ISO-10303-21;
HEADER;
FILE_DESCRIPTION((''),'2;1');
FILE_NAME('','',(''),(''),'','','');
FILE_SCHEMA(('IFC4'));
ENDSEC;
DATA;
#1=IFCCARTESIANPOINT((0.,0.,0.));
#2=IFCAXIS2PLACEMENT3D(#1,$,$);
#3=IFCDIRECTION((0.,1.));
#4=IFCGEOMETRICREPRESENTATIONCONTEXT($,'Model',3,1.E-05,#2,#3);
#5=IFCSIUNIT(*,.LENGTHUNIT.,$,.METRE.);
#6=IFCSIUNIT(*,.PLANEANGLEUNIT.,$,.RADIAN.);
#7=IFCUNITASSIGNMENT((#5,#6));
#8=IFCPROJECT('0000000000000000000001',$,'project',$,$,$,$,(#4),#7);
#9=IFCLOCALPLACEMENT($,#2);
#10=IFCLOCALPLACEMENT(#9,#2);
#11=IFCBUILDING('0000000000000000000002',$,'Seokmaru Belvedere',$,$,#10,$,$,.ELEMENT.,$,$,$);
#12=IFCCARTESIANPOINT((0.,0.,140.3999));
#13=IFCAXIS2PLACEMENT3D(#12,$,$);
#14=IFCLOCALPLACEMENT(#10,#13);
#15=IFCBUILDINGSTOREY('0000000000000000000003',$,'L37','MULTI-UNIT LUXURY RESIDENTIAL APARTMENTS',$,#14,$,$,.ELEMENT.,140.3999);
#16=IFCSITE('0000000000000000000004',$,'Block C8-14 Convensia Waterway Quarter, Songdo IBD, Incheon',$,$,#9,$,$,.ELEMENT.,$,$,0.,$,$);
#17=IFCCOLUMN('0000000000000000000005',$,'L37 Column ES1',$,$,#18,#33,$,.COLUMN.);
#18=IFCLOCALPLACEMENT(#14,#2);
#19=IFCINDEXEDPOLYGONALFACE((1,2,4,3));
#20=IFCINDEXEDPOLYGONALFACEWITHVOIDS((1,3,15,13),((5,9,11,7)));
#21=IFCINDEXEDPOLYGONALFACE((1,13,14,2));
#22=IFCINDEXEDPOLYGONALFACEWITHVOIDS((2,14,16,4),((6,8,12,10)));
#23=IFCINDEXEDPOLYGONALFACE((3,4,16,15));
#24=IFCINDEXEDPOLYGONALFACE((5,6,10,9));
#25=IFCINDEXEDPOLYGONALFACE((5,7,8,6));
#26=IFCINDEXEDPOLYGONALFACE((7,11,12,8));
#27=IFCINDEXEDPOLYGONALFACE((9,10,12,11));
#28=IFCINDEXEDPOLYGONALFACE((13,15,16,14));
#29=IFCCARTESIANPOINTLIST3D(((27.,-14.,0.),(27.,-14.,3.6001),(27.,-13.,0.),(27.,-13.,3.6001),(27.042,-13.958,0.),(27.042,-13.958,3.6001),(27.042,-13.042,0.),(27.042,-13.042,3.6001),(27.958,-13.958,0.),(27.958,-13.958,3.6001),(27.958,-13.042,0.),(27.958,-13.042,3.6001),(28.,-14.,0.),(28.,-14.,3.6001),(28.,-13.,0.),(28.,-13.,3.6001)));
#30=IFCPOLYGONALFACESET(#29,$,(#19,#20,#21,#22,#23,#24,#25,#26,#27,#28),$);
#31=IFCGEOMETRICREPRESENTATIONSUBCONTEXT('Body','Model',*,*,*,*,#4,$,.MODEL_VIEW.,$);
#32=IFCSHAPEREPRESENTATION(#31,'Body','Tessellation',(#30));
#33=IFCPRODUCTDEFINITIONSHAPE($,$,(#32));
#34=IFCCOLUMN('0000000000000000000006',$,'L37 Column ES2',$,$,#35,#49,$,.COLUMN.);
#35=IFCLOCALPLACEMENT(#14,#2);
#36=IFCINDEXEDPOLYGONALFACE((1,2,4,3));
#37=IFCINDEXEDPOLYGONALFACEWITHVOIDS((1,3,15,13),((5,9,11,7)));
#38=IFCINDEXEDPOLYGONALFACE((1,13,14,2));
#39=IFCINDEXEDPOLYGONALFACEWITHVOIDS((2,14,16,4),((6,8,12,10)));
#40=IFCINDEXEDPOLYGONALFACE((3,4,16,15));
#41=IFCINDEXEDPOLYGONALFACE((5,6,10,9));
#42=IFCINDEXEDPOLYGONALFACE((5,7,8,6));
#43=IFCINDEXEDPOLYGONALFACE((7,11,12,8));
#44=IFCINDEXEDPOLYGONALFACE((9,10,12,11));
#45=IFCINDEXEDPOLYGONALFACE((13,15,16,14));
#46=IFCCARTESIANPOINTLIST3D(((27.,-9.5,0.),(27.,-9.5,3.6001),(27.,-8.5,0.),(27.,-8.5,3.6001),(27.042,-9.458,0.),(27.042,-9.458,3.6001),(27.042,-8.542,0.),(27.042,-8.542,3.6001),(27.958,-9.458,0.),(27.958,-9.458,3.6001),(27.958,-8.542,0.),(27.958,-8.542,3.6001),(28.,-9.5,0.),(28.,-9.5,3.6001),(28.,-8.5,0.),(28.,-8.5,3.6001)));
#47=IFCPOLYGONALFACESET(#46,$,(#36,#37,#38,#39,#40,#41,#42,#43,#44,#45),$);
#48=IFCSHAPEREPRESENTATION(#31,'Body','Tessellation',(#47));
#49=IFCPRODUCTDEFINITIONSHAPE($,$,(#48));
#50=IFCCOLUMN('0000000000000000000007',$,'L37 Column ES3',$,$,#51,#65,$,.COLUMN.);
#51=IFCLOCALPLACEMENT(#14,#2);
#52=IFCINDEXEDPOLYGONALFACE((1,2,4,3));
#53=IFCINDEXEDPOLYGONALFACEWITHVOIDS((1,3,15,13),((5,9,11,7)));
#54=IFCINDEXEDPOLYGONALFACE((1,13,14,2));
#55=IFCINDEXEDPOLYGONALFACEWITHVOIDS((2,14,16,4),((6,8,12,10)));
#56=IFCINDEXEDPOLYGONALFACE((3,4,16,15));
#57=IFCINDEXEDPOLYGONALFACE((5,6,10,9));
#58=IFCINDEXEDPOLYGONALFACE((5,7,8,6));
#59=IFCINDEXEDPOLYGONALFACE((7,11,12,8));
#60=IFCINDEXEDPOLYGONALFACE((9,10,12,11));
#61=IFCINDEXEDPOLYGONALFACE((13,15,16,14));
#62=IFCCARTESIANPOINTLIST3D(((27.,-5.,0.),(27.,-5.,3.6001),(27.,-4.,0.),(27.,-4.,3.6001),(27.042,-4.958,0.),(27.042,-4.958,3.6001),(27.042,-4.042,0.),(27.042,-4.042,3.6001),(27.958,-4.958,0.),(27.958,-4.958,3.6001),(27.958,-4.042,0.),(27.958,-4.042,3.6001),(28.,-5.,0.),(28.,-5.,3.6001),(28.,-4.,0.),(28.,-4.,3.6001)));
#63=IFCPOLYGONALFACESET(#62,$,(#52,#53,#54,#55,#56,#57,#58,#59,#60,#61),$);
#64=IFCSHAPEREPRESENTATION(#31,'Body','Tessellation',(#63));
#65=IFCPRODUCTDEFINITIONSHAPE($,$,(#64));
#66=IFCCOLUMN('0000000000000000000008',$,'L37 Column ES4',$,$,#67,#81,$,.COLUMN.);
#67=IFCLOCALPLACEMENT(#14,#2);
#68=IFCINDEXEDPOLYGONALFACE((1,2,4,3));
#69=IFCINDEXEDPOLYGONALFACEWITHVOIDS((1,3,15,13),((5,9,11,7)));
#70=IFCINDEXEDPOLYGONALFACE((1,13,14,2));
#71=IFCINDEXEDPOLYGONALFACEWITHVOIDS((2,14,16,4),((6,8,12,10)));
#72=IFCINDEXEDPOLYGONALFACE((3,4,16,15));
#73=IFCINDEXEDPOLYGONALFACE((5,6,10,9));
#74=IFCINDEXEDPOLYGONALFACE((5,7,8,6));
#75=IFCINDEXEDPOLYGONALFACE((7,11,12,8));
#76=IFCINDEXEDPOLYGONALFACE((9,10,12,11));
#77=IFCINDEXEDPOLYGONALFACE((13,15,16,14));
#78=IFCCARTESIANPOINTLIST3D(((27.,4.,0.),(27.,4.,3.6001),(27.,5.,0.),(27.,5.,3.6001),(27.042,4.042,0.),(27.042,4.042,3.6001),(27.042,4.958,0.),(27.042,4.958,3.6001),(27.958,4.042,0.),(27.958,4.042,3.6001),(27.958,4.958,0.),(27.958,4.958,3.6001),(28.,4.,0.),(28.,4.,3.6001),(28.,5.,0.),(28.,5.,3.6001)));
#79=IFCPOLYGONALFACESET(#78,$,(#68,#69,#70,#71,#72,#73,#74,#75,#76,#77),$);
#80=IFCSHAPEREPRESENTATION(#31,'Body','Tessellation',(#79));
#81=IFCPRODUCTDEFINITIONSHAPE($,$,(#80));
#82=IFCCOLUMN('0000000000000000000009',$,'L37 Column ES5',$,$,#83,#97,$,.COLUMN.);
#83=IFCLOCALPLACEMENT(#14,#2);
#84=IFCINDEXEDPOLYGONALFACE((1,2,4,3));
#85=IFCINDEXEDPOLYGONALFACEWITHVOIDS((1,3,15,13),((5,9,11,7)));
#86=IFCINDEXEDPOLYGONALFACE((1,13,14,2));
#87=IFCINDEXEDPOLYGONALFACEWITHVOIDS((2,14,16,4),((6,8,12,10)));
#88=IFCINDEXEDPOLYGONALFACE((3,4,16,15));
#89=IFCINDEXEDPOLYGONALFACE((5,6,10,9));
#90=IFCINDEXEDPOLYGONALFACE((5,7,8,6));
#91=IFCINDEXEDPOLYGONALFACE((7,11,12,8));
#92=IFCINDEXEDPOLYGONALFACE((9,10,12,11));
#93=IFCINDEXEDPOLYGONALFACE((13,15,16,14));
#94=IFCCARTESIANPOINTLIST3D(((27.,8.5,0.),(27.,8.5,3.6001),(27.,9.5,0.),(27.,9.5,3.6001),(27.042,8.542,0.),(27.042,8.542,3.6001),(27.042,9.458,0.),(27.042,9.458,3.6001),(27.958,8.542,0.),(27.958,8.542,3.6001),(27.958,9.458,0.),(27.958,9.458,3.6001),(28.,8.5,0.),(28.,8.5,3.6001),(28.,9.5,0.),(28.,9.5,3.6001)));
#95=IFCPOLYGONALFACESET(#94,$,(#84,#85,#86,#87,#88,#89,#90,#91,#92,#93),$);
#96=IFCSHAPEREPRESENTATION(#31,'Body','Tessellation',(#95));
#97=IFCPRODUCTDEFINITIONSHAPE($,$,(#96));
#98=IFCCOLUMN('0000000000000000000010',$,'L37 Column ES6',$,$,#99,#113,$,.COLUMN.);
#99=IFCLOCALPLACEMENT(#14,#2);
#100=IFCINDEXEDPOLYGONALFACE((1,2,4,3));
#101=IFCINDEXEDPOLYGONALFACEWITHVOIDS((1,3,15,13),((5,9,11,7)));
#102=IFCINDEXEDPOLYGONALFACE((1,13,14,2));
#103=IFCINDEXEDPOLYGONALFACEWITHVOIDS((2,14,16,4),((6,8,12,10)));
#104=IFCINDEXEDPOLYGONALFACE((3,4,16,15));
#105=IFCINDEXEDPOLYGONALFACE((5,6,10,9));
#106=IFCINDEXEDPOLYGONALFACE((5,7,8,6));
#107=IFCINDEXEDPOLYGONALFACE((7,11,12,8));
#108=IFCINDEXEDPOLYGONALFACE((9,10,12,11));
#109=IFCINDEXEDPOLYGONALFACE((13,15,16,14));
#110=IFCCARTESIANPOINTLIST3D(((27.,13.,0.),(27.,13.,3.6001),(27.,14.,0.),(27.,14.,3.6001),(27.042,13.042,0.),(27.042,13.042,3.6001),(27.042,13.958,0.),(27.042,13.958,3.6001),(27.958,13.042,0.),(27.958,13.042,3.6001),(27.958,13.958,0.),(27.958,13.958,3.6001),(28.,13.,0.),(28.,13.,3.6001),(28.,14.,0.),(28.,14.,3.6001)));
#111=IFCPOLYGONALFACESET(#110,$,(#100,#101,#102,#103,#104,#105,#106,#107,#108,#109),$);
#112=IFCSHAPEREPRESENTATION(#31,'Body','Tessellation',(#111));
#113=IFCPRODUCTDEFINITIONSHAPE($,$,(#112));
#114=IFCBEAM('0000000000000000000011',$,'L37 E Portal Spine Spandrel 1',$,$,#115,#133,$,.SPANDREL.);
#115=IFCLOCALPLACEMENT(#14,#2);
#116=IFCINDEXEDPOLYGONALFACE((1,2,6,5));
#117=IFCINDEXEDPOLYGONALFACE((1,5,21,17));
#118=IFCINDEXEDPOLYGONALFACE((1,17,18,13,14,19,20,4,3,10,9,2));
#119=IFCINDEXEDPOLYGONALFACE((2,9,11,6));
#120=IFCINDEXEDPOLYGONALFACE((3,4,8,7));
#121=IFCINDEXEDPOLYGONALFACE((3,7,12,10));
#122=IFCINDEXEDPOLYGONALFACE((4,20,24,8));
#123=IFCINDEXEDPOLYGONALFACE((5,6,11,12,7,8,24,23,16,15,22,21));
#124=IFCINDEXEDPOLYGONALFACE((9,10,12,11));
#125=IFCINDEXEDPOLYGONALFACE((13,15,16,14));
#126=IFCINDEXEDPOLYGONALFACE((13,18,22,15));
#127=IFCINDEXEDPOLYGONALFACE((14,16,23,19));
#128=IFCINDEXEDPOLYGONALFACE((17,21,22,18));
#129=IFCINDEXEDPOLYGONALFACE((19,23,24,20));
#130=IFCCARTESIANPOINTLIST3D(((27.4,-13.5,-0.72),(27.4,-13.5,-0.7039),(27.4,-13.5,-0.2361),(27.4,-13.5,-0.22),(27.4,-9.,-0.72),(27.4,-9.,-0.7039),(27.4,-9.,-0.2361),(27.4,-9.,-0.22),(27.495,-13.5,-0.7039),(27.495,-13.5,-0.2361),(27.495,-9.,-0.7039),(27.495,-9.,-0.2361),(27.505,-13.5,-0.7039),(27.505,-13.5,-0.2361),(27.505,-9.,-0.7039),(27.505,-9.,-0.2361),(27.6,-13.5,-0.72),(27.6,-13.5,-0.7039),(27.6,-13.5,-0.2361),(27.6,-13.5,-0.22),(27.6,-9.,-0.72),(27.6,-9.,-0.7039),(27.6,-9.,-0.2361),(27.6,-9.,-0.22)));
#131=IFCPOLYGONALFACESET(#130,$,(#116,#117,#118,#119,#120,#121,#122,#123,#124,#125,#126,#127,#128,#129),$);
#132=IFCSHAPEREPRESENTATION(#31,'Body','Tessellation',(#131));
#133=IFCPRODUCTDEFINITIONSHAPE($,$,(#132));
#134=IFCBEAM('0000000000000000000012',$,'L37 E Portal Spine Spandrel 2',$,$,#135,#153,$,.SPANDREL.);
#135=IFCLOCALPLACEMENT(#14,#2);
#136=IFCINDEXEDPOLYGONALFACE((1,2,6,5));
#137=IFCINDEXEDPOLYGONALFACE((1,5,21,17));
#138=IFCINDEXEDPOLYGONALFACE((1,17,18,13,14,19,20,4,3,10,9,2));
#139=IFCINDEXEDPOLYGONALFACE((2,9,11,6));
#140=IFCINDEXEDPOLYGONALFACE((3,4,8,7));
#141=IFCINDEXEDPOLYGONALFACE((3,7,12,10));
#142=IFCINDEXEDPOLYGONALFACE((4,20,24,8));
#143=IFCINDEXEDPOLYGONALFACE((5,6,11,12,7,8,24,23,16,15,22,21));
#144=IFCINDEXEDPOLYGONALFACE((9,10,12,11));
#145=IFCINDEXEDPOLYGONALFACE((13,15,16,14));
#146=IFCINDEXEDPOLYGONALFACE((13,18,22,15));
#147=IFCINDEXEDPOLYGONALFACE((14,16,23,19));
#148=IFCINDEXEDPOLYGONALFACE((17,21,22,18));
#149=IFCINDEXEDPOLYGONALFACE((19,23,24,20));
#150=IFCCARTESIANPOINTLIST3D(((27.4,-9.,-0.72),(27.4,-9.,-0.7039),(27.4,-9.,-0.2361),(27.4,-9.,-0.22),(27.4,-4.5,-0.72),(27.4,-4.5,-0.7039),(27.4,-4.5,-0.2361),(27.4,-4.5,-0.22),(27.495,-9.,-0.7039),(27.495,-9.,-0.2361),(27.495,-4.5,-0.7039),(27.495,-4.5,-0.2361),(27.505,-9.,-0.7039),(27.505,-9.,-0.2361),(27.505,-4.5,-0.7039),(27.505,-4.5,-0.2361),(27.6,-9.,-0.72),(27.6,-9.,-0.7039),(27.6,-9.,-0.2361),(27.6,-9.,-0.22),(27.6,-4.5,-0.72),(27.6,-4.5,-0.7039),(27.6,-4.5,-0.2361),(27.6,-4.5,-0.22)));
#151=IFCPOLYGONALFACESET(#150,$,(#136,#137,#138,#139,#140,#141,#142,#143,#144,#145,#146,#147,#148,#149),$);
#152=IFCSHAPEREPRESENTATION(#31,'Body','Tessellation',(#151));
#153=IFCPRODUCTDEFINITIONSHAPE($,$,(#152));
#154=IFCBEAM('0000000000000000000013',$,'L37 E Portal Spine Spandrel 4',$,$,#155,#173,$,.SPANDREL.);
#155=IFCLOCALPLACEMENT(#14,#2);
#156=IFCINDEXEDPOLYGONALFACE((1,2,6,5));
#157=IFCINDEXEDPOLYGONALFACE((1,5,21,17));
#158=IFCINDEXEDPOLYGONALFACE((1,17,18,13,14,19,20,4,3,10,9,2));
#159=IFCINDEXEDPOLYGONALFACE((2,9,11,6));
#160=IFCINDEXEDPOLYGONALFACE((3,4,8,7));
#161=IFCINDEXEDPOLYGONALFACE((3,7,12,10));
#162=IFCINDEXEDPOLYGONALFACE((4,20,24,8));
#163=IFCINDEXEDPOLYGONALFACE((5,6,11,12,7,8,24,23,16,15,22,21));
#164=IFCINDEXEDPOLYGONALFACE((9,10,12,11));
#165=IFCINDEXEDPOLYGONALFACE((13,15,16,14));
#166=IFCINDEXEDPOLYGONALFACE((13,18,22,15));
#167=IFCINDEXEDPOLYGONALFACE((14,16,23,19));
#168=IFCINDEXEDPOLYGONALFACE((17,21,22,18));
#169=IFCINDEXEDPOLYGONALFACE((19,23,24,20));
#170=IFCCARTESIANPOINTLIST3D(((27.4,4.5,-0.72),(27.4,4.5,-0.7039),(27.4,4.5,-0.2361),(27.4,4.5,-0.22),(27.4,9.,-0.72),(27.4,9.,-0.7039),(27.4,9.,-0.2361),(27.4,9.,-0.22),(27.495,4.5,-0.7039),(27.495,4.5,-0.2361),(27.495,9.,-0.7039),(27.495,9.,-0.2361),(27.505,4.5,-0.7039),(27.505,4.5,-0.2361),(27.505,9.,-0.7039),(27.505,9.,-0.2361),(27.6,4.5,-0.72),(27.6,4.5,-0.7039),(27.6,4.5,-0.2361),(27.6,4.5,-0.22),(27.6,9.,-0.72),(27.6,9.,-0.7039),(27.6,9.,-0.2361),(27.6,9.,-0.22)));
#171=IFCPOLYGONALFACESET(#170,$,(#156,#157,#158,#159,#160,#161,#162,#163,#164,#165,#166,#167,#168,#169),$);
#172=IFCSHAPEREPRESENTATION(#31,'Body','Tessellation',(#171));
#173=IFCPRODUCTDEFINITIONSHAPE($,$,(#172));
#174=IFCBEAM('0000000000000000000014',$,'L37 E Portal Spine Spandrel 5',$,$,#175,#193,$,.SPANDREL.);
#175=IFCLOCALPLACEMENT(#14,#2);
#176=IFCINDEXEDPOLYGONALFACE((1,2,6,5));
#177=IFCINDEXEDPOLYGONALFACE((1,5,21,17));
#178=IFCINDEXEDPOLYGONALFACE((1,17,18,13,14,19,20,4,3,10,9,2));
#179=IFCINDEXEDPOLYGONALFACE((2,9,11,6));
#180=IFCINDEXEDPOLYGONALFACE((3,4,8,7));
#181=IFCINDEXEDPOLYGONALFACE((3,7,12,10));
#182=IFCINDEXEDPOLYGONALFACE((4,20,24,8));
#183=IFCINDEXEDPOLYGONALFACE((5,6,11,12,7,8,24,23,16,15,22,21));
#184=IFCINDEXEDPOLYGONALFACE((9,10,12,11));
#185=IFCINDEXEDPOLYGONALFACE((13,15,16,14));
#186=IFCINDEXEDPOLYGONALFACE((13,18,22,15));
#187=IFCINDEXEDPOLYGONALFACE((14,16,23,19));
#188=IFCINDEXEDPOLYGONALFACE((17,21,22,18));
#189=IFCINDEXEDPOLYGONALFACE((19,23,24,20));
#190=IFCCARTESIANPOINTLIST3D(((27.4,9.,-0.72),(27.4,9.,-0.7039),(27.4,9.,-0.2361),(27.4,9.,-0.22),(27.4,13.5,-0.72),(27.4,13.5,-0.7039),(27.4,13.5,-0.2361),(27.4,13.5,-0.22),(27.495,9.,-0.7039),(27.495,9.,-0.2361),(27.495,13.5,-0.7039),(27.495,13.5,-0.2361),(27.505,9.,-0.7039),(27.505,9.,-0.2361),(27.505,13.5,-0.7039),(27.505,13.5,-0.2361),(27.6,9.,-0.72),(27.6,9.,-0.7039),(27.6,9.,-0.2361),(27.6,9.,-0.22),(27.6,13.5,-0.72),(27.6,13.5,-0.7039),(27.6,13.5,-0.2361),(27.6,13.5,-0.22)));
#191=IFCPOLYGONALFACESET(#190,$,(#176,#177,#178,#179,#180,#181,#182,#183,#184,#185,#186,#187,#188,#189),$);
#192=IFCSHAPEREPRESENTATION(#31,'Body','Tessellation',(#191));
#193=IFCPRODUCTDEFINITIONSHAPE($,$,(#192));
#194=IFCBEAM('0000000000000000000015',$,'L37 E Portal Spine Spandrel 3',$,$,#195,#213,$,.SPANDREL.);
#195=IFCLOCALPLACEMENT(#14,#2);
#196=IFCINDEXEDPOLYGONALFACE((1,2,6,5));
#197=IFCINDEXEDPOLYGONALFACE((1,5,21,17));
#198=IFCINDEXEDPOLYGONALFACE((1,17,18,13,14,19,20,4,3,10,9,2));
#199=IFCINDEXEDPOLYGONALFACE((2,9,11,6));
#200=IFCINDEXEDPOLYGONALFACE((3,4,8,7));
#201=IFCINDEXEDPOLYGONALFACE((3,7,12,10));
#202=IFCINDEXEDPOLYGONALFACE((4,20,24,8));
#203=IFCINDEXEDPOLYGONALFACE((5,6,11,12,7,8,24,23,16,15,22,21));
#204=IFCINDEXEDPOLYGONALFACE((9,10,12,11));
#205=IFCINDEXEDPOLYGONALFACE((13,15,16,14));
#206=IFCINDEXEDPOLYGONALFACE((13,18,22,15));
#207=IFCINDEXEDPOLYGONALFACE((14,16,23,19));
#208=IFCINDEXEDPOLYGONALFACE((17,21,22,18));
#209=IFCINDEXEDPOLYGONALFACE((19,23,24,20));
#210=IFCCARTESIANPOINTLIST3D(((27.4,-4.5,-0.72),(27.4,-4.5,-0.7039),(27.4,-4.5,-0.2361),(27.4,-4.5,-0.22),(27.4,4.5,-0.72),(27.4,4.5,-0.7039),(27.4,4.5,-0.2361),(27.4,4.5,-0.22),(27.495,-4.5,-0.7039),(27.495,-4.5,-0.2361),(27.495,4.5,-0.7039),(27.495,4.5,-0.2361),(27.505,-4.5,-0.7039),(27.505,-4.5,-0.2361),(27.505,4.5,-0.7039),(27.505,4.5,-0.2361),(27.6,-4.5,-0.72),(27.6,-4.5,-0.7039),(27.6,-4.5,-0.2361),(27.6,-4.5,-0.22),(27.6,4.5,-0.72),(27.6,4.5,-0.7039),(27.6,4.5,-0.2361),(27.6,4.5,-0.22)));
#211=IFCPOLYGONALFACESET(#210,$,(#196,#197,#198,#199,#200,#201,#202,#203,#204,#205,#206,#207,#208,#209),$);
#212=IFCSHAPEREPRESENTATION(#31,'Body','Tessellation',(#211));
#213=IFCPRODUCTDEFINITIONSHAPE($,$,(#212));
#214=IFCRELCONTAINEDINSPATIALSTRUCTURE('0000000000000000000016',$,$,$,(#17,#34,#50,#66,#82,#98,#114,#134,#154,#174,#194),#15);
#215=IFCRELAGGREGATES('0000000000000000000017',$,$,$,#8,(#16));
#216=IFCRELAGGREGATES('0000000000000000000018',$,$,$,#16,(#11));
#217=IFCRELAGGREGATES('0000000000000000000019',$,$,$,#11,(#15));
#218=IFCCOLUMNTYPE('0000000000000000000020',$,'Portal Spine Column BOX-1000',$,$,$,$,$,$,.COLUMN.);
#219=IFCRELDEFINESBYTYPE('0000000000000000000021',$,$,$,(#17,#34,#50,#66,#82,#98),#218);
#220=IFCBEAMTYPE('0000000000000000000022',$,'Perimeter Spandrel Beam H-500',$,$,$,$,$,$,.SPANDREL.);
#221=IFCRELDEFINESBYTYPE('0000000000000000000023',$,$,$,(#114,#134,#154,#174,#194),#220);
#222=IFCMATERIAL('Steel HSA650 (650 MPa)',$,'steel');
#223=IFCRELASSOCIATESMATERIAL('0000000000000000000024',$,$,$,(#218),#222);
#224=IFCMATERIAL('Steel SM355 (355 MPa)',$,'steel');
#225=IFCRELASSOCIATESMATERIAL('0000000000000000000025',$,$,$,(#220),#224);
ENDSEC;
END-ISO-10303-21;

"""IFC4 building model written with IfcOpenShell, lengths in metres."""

from ifc_helpers import new_model, si_unit, direction, frame, origin, origin_2d, place, context, subcontext, project, spatial, hollow_rectangle, i_section, extrude, source, transform, mapped, material, material_profile, profile_set, type_object, type_shapes, element, save


model = new_model("IFC4")

# Units and contexts
model_context = context("Model", 3, precision=1e-05, world=origin(), true_north=direction((0.0, 1.0)))
body_context = subcontext(model_context, "Body", "Model", "MODEL_VIEW")
ifc_project = project(units=[si_unit("LENGTHUNIT", "METRE"), si_unit("PLANEANGLEUNIT", "RADIAN")], contexts=[model_context])

# Site, building, storey
site_placement = place(None, origin())
site = spatial("IfcSite", under=ifc_project, at=site_placement, Name="Block C8-14 Convensia Waterway Quarter, Songdo IBD, Incheon", CompositionType="ELEMENT", RefElevation=0.0)
building_placement = place(site_placement, origin())
building = spatial("IfcBuilding", under=site, at=building_placement, Name="Seokmaru Belvedere", CompositionType="ELEMENT")
storey_placement = place(building_placement, frame((0.0, 0.0, 140.3999)))
storey = spatial("IfcBuildingStorey", under=building, at=storey_placement, Name="L37", Description="MULTI-UNIT LUXURY RESIDENTIAL APARTMENTS", CompositionType="ELEMENT", Elevation=140.3999)

# Columns
ifc_material_1 = material(Name="Steel HSA650 (650 MPa)", Category="steel")
ifc_material_profile_1 = material_profile(ifc_material_1, hollow_rectangle(XDim=1.0, YDim=1.0, WallThickness=0.042, at=origin_2d()), Name="BOX-1000x1000x42")
ifc_profile_set_1 = profile_set([ifc_material_profile_1], Name="Steel HSA650 (650 MPa)")
column_type = type_object("IfcColumnType", Name="Portal Spine Column BOX-1000", PredefinedType="COLUMN", material=ifc_profile_set_1)
shared_shape_1 = source(origin(), body_context, "Body", "SweptSolid", [
    extrude(hollow_rectangle(XDim=1.0, YDim=1.0, WallThickness=0.042, at=origin_2d()), origin(), (0.0, 0.0, 1.0), 3.6001),
])
type_shapes(column_type, [shared_shape_1])
for number, where, z_axis, x_axis, name in (
    (1, (27.5, -13.5, 0.0), (0.0, 0.0, 1.0), (1.0, 0.0, 0.0), "L37 Column ES1"),
    (2, (27.5, -9.0, 0.0), (0.0, 0.0, 1.0), (1.0, 0.0, 0.0), "L37 Column ES2"),
    (3, (27.5, -4.5, 0.0), (0.0, 0.0, 1.0), (1.0, 0.0, 0.0), "L37 Column ES3"),
    (4, (27.5, 4.5, 0.0), (0.0, 0.0, 1.0), (1.0, 0.0, 0.0), "L37 Column ES4"),
    (5, (27.5, 9.0, 0.0), (0.0, 0.0, 1.0), (1.0, 0.0, 0.0), "L37 Column ES5"),
    (6, (27.5, 13.5, 0.0), (0.0, 0.0, 1.0), (1.0, 0.0, 0.0), "L37 Column ES6"),
):
    element("IfcColumn", number, at=place(storey_placement, frame(where, z_axis=z_axis, x_axis=x_axis)), inside=storey, type_object=column_type, Name=name, PredefinedType="COLUMN", context=body_context, shape_type="MappedRepresentation", body=[
        mapped(shared_shape_1, transform((0.0, 0.0, 0.0), scale=1.0)),
    ])

# Beams
ifc_material_2 = material(Name="Steel SM355 (355 MPa)", Category="steel")
ifc_material_profile_2 = material_profile(ifc_material_2, i_section(OverallWidth=0.2, OverallDepth=0.5, WebThickness=0.01, FlangeThickness=0.0161, at=origin_2d()), Name="H-500x200x10x16")
ifc_profile_set_2 = profile_set([ifc_material_profile_2], Name="Steel SM355 (355 MPa)")
beam_type_1 = type_object("IfcBeamType", Name="Perimeter Spandrel Beam H-500", PredefinedType="SPANDREL", material=ifc_profile_set_2)
shared_shape_2 = source(origin(), body_context, "Body", "SweptSolid", [
    extrude(i_section(OverallWidth=0.2, OverallDepth=0.5, WebThickness=0.01, FlangeThickness=0.0161, at=origin_2d()), origin(), (0.0, 0.0, 1.0), 4.5),
])
for number, where, z_axis, x_axis, name in (
    (7, (27.5, -13.5, -0.47), (0.0, 1.0, 0.0), (-1.0, 0.0, 0.0), "L37 E Portal Spine Spandrel 1"),
    (8, (27.5, -9.0, -0.47), (0.0, 1.0, 0.0), (-1.0, 0.0, 0.0), "L37 E Portal Spine Spandrel 2"),
    (9, (27.5, 4.5, -0.47), (0.0, 1.0, 0.0), (-1.0, 0.0, 0.0), "L37 E Portal Spine Spandrel 4"),
    (10, (27.5, 9.0, -0.47), (0.0, 1.0, 0.0), (-1.0, 0.0, 0.0), "L37 E Portal Spine Spandrel 5"),
):
    element("IfcBeam", number, at=place(storey_placement, frame(where, z_axis=z_axis, x_axis=x_axis)), inside=storey, type_object=beam_type_1, Name=name, PredefinedType="SPANDREL", context=body_context, shape_type="MappedRepresentation", body=[
        mapped(shared_shape_2, transform((0.0, 0.0, 0.0), scale=1.0)),
    ])
shared_shape_3 = source(origin(), body_context, "Body", "SweptSolid", [
    extrude(i_section(OverallWidth=0.2, OverallDepth=0.5, WebThickness=0.01, FlangeThickness=0.0161, at=origin_2d()), origin(), (0.0, 0.0, 1.0), 9.0),
])
type_shapes(beam_type_1, [shared_shape_2, shared_shape_3])
beam_placement = place(storey_placement, frame((27.5, -4.5, -0.47), z_axis=(0.0, 1.0, 0.0), x_axis=(-1.0, 0.0, 0.0)))
element("IfcBeam", 11, at=beam_placement, inside=storey, type_object=beam_type_1, Name="L37 E Portal Spine Spandrel 3", PredefinedType="SPANDREL", context=body_context, shape_type="MappedRepresentation", body=[
    mapped(shared_shape_3, transform((0.0, 0.0, 0.0), scale=1.0)),
])

save(model, "model.ifc")
